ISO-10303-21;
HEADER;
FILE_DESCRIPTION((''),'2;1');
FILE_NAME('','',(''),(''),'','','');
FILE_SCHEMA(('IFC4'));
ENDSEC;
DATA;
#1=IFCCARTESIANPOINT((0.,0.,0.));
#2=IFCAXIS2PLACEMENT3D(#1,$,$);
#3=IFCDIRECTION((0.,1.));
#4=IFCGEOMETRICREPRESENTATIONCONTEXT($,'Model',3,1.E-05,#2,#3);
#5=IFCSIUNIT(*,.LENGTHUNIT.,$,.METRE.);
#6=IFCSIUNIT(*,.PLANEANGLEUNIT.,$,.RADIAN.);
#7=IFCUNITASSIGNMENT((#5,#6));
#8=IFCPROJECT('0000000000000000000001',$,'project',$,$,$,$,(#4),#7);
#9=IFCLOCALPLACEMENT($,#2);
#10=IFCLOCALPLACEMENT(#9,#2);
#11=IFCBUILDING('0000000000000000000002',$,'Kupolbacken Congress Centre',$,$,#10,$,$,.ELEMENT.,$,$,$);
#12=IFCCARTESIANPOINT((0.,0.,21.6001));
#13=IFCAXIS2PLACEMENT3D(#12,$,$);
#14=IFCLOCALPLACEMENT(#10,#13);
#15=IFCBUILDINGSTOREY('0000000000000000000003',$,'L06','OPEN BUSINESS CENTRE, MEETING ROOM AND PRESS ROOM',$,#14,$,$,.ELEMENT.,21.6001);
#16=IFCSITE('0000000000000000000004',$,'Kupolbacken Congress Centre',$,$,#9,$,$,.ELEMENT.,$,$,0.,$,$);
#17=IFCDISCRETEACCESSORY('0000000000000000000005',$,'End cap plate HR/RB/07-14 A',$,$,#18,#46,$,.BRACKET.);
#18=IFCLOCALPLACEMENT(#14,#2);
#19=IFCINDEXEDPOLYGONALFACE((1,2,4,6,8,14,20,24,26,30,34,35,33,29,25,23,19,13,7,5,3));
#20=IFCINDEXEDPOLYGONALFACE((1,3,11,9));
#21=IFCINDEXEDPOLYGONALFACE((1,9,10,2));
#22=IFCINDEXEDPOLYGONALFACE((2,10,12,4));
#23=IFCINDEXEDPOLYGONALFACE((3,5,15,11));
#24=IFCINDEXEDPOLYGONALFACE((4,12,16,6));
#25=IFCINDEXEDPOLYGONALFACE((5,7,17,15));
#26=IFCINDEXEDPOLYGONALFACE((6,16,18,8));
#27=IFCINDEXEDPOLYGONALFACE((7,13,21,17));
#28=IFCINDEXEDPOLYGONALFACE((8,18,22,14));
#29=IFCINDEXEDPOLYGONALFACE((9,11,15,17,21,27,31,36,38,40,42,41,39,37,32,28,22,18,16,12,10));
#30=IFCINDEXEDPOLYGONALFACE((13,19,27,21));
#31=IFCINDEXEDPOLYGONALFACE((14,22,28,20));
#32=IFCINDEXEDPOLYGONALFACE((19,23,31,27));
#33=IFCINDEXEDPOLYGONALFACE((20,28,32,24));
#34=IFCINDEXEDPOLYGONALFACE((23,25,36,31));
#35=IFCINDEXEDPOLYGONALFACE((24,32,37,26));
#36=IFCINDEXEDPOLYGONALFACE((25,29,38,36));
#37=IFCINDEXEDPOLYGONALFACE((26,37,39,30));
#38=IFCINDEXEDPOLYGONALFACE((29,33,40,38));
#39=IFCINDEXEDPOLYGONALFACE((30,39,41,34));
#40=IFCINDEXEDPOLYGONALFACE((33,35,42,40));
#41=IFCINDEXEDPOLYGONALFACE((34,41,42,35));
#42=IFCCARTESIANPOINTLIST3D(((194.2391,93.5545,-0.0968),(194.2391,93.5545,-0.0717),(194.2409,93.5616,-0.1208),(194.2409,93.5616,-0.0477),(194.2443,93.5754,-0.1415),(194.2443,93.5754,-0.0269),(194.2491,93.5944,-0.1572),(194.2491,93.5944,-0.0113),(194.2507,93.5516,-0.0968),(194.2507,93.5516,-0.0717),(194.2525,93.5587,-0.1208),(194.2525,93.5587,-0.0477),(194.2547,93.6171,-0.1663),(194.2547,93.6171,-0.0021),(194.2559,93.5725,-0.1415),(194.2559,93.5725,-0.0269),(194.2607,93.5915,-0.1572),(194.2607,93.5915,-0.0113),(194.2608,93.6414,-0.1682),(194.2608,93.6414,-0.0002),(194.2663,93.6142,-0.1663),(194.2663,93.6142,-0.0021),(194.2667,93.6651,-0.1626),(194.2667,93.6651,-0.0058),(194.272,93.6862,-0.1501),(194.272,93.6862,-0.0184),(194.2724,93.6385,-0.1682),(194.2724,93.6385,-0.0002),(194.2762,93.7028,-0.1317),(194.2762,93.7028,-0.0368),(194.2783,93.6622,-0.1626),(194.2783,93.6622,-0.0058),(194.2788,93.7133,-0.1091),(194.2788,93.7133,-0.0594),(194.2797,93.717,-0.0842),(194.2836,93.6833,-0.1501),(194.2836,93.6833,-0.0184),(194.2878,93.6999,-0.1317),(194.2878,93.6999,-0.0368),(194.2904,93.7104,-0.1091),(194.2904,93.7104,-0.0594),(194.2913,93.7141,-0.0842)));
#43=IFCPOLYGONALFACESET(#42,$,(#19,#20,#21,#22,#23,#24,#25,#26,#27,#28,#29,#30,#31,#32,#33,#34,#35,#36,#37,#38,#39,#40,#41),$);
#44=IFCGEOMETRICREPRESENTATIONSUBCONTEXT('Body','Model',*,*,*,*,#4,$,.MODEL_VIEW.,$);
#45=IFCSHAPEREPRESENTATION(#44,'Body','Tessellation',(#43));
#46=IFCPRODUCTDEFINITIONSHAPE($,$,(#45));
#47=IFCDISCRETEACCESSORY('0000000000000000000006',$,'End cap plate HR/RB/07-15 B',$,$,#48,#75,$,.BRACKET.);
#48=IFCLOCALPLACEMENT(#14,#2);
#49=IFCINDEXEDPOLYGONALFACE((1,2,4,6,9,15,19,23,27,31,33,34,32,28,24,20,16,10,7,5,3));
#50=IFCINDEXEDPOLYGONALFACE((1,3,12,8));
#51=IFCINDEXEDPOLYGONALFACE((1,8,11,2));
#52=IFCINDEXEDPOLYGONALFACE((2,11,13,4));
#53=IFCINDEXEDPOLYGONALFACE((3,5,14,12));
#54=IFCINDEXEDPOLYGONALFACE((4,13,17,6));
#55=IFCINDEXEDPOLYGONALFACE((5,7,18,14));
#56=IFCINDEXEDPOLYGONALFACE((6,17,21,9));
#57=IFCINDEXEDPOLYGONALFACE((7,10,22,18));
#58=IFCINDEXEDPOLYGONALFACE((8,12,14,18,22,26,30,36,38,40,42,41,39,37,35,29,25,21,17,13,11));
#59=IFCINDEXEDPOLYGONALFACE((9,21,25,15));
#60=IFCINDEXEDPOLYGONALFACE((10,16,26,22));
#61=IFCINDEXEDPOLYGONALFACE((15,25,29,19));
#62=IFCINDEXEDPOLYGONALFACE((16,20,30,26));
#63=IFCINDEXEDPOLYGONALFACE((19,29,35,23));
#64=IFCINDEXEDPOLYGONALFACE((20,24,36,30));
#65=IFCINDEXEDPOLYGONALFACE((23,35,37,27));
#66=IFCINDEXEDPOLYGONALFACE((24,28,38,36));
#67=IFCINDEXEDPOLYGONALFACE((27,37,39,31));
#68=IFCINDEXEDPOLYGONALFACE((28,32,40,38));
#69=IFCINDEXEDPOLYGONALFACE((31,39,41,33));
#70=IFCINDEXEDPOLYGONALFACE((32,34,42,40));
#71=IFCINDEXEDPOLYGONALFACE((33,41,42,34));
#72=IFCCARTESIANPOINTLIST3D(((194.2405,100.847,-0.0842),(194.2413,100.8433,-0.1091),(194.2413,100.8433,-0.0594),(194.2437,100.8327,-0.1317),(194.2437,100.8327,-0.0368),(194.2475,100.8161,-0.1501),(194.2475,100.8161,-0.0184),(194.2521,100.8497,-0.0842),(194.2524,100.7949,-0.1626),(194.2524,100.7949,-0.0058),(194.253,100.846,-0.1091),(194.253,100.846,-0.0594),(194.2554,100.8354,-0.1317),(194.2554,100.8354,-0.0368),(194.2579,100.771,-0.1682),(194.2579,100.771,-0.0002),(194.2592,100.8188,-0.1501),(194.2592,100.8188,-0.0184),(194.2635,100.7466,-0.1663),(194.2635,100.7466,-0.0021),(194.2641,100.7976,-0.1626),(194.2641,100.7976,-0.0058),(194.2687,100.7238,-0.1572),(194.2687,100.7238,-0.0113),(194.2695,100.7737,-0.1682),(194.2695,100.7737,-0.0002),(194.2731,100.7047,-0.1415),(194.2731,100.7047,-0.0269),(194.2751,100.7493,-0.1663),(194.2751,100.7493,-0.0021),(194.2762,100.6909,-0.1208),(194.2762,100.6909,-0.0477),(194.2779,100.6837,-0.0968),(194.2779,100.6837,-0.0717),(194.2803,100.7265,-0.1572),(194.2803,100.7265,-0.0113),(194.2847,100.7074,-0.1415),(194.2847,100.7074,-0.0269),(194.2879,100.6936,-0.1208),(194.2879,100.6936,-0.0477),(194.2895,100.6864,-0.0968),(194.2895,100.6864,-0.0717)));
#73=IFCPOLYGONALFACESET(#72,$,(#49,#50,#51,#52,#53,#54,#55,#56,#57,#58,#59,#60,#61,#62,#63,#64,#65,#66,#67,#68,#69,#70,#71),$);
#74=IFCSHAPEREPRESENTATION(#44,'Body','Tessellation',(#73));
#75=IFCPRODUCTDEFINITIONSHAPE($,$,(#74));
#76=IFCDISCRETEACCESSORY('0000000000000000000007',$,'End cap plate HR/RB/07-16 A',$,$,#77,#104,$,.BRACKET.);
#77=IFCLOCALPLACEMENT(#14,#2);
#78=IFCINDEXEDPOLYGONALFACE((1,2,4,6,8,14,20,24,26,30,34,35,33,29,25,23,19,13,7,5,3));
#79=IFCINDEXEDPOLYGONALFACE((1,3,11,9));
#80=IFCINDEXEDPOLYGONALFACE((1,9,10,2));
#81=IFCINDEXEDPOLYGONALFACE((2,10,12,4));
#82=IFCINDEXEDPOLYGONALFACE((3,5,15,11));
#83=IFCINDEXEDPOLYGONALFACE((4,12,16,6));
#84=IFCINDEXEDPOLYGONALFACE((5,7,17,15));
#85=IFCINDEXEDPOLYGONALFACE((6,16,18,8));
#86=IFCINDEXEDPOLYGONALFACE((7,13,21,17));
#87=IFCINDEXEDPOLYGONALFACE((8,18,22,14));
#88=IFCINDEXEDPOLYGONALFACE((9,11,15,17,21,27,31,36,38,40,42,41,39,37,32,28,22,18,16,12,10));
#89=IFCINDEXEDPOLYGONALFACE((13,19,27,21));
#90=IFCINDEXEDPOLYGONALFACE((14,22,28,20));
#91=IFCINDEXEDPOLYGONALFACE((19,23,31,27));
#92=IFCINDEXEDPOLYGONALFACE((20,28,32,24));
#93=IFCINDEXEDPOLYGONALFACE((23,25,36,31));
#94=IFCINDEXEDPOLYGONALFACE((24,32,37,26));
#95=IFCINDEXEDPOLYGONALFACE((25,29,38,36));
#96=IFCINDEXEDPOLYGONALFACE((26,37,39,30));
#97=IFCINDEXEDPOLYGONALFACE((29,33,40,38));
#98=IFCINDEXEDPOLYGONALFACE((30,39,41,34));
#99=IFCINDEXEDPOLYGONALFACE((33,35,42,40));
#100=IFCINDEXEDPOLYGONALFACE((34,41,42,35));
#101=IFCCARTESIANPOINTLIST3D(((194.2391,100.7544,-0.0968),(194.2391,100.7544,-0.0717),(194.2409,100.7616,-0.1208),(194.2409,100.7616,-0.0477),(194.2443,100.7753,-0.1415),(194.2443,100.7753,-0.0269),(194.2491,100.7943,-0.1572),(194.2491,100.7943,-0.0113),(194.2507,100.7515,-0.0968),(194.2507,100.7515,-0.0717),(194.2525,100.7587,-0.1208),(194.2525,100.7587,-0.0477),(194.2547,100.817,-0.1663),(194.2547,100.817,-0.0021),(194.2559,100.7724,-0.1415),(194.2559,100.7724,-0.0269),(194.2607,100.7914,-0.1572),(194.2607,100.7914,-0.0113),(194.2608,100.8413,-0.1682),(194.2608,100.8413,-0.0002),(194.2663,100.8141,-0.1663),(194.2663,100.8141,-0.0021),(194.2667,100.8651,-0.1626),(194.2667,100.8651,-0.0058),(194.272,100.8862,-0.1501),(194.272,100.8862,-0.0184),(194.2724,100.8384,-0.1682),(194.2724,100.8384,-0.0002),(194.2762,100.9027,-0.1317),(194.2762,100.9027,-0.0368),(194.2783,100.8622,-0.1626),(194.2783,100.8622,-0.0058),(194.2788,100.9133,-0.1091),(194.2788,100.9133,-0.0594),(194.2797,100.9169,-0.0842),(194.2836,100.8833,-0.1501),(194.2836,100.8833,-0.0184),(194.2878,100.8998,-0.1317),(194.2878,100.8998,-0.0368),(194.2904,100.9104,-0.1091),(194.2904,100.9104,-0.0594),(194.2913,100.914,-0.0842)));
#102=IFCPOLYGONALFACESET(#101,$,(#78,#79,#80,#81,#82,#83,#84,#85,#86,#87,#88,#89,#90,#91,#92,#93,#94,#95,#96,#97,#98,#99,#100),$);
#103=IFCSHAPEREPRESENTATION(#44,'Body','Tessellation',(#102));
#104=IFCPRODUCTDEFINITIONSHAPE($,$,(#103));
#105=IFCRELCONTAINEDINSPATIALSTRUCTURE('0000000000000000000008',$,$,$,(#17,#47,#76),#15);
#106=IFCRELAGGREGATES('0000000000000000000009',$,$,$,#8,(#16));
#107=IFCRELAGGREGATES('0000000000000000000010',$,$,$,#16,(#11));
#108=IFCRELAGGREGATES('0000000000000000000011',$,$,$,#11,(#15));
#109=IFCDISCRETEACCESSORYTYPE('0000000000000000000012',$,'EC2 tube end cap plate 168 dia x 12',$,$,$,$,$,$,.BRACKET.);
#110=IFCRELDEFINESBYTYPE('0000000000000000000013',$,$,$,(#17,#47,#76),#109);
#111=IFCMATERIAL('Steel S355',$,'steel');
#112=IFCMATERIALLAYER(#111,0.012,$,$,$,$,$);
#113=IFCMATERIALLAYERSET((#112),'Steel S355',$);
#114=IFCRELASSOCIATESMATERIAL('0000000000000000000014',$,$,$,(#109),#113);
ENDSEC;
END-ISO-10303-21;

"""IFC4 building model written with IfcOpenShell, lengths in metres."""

from ifc_helpers import new_model, si_unit, direction, frame, origin, origin_2d, place, context, subcontext, project, spatial, circle, extrude, material, layer, layer_set, type_object, element, save


model = new_model("IFC4")

# Units and contexts
model_context = context("Model", 3, precision=1e-05, world=origin(), true_north=direction((0.0, 1.0)))
body_context = subcontext(model_context, "Body", "Model", "MODEL_VIEW")
ifc_project = project(units=[si_unit("LENGTHUNIT", "METRE"), si_unit("PLANEANGLEUNIT", "RADIAN")], contexts=[model_context])

# Site, building, storey
site_placement = place(None, origin())
site = spatial("IfcSite", under=ifc_project, at=site_placement, Name="Kupolbacken Congress Centre", CompositionType="ELEMENT", RefElevation=0.0)
building_placement = place(site_placement, origin())
building = spatial("IfcBuilding", under=site, at=building_placement, Name="Kupolbacken Congress Centre", CompositionType="ELEMENT")
storey_placement = place(building_placement, frame((0.0, 0.0, 21.6001)))
storey = spatial("IfcBuildingStorey", under=building, at=storey_placement, Name="L06", Description="OPEN BUSINESS CENTRE, MEETING ROOM AND PRESS ROOM", CompositionType="ELEMENT", Elevation=21.6001)

# Discrete accessories
ifc_material_1 = material(Name="Steel S355", Category="steel")
ifc_layer_1 = layer(ifc_material_1, 0.012)
ifc_layer_set_1 = layer_set([ifc_layer_1], Name="Steel S355")
discrete_accessory_type = type_object("IfcDiscreteAccessoryType", Name="EC2 tube end cap plate 168 dia x 12", PredefinedType="BRACKET", material=ifc_layer_set_1)
for number, where, z_axis, x_axis, name in (
    (1, (194.2593, 93.6353, -0.0842), (0.970143, -0.242536, 0.0), (0.242536, 0.970143, 0.0), "End cap plate HR/RB/07-14 A"),
    (2, (194.2593, 100.7649, -0.0842), (0.974732, 0.223376, 0.0), (-0.223376, 0.974732, 0.0), "End cap plate HR/RB/07-15 B"),
    (3, (194.2593, 100.8352, -0.0842), (0.970143, -0.242536, 0.0), (0.242536, 0.970143, 0.0), "End cap plate HR/RB/07-16 A"),
):
    element("IfcDiscreteAccessory", number, at=place(storey_placement, frame(where, z_axis=z_axis, x_axis=x_axis)), inside=storey, type_object=discrete_accessory_type, Name=name, PredefinedType="BRACKET", context=body_context, shape_type="SweptSolid", body=[
        extrude(circle(Radius=0.0842, at=origin_2d()), origin(), (0.0, 0.0, 1.0), 0.012),
    ])

save(model, "model.ifc")
